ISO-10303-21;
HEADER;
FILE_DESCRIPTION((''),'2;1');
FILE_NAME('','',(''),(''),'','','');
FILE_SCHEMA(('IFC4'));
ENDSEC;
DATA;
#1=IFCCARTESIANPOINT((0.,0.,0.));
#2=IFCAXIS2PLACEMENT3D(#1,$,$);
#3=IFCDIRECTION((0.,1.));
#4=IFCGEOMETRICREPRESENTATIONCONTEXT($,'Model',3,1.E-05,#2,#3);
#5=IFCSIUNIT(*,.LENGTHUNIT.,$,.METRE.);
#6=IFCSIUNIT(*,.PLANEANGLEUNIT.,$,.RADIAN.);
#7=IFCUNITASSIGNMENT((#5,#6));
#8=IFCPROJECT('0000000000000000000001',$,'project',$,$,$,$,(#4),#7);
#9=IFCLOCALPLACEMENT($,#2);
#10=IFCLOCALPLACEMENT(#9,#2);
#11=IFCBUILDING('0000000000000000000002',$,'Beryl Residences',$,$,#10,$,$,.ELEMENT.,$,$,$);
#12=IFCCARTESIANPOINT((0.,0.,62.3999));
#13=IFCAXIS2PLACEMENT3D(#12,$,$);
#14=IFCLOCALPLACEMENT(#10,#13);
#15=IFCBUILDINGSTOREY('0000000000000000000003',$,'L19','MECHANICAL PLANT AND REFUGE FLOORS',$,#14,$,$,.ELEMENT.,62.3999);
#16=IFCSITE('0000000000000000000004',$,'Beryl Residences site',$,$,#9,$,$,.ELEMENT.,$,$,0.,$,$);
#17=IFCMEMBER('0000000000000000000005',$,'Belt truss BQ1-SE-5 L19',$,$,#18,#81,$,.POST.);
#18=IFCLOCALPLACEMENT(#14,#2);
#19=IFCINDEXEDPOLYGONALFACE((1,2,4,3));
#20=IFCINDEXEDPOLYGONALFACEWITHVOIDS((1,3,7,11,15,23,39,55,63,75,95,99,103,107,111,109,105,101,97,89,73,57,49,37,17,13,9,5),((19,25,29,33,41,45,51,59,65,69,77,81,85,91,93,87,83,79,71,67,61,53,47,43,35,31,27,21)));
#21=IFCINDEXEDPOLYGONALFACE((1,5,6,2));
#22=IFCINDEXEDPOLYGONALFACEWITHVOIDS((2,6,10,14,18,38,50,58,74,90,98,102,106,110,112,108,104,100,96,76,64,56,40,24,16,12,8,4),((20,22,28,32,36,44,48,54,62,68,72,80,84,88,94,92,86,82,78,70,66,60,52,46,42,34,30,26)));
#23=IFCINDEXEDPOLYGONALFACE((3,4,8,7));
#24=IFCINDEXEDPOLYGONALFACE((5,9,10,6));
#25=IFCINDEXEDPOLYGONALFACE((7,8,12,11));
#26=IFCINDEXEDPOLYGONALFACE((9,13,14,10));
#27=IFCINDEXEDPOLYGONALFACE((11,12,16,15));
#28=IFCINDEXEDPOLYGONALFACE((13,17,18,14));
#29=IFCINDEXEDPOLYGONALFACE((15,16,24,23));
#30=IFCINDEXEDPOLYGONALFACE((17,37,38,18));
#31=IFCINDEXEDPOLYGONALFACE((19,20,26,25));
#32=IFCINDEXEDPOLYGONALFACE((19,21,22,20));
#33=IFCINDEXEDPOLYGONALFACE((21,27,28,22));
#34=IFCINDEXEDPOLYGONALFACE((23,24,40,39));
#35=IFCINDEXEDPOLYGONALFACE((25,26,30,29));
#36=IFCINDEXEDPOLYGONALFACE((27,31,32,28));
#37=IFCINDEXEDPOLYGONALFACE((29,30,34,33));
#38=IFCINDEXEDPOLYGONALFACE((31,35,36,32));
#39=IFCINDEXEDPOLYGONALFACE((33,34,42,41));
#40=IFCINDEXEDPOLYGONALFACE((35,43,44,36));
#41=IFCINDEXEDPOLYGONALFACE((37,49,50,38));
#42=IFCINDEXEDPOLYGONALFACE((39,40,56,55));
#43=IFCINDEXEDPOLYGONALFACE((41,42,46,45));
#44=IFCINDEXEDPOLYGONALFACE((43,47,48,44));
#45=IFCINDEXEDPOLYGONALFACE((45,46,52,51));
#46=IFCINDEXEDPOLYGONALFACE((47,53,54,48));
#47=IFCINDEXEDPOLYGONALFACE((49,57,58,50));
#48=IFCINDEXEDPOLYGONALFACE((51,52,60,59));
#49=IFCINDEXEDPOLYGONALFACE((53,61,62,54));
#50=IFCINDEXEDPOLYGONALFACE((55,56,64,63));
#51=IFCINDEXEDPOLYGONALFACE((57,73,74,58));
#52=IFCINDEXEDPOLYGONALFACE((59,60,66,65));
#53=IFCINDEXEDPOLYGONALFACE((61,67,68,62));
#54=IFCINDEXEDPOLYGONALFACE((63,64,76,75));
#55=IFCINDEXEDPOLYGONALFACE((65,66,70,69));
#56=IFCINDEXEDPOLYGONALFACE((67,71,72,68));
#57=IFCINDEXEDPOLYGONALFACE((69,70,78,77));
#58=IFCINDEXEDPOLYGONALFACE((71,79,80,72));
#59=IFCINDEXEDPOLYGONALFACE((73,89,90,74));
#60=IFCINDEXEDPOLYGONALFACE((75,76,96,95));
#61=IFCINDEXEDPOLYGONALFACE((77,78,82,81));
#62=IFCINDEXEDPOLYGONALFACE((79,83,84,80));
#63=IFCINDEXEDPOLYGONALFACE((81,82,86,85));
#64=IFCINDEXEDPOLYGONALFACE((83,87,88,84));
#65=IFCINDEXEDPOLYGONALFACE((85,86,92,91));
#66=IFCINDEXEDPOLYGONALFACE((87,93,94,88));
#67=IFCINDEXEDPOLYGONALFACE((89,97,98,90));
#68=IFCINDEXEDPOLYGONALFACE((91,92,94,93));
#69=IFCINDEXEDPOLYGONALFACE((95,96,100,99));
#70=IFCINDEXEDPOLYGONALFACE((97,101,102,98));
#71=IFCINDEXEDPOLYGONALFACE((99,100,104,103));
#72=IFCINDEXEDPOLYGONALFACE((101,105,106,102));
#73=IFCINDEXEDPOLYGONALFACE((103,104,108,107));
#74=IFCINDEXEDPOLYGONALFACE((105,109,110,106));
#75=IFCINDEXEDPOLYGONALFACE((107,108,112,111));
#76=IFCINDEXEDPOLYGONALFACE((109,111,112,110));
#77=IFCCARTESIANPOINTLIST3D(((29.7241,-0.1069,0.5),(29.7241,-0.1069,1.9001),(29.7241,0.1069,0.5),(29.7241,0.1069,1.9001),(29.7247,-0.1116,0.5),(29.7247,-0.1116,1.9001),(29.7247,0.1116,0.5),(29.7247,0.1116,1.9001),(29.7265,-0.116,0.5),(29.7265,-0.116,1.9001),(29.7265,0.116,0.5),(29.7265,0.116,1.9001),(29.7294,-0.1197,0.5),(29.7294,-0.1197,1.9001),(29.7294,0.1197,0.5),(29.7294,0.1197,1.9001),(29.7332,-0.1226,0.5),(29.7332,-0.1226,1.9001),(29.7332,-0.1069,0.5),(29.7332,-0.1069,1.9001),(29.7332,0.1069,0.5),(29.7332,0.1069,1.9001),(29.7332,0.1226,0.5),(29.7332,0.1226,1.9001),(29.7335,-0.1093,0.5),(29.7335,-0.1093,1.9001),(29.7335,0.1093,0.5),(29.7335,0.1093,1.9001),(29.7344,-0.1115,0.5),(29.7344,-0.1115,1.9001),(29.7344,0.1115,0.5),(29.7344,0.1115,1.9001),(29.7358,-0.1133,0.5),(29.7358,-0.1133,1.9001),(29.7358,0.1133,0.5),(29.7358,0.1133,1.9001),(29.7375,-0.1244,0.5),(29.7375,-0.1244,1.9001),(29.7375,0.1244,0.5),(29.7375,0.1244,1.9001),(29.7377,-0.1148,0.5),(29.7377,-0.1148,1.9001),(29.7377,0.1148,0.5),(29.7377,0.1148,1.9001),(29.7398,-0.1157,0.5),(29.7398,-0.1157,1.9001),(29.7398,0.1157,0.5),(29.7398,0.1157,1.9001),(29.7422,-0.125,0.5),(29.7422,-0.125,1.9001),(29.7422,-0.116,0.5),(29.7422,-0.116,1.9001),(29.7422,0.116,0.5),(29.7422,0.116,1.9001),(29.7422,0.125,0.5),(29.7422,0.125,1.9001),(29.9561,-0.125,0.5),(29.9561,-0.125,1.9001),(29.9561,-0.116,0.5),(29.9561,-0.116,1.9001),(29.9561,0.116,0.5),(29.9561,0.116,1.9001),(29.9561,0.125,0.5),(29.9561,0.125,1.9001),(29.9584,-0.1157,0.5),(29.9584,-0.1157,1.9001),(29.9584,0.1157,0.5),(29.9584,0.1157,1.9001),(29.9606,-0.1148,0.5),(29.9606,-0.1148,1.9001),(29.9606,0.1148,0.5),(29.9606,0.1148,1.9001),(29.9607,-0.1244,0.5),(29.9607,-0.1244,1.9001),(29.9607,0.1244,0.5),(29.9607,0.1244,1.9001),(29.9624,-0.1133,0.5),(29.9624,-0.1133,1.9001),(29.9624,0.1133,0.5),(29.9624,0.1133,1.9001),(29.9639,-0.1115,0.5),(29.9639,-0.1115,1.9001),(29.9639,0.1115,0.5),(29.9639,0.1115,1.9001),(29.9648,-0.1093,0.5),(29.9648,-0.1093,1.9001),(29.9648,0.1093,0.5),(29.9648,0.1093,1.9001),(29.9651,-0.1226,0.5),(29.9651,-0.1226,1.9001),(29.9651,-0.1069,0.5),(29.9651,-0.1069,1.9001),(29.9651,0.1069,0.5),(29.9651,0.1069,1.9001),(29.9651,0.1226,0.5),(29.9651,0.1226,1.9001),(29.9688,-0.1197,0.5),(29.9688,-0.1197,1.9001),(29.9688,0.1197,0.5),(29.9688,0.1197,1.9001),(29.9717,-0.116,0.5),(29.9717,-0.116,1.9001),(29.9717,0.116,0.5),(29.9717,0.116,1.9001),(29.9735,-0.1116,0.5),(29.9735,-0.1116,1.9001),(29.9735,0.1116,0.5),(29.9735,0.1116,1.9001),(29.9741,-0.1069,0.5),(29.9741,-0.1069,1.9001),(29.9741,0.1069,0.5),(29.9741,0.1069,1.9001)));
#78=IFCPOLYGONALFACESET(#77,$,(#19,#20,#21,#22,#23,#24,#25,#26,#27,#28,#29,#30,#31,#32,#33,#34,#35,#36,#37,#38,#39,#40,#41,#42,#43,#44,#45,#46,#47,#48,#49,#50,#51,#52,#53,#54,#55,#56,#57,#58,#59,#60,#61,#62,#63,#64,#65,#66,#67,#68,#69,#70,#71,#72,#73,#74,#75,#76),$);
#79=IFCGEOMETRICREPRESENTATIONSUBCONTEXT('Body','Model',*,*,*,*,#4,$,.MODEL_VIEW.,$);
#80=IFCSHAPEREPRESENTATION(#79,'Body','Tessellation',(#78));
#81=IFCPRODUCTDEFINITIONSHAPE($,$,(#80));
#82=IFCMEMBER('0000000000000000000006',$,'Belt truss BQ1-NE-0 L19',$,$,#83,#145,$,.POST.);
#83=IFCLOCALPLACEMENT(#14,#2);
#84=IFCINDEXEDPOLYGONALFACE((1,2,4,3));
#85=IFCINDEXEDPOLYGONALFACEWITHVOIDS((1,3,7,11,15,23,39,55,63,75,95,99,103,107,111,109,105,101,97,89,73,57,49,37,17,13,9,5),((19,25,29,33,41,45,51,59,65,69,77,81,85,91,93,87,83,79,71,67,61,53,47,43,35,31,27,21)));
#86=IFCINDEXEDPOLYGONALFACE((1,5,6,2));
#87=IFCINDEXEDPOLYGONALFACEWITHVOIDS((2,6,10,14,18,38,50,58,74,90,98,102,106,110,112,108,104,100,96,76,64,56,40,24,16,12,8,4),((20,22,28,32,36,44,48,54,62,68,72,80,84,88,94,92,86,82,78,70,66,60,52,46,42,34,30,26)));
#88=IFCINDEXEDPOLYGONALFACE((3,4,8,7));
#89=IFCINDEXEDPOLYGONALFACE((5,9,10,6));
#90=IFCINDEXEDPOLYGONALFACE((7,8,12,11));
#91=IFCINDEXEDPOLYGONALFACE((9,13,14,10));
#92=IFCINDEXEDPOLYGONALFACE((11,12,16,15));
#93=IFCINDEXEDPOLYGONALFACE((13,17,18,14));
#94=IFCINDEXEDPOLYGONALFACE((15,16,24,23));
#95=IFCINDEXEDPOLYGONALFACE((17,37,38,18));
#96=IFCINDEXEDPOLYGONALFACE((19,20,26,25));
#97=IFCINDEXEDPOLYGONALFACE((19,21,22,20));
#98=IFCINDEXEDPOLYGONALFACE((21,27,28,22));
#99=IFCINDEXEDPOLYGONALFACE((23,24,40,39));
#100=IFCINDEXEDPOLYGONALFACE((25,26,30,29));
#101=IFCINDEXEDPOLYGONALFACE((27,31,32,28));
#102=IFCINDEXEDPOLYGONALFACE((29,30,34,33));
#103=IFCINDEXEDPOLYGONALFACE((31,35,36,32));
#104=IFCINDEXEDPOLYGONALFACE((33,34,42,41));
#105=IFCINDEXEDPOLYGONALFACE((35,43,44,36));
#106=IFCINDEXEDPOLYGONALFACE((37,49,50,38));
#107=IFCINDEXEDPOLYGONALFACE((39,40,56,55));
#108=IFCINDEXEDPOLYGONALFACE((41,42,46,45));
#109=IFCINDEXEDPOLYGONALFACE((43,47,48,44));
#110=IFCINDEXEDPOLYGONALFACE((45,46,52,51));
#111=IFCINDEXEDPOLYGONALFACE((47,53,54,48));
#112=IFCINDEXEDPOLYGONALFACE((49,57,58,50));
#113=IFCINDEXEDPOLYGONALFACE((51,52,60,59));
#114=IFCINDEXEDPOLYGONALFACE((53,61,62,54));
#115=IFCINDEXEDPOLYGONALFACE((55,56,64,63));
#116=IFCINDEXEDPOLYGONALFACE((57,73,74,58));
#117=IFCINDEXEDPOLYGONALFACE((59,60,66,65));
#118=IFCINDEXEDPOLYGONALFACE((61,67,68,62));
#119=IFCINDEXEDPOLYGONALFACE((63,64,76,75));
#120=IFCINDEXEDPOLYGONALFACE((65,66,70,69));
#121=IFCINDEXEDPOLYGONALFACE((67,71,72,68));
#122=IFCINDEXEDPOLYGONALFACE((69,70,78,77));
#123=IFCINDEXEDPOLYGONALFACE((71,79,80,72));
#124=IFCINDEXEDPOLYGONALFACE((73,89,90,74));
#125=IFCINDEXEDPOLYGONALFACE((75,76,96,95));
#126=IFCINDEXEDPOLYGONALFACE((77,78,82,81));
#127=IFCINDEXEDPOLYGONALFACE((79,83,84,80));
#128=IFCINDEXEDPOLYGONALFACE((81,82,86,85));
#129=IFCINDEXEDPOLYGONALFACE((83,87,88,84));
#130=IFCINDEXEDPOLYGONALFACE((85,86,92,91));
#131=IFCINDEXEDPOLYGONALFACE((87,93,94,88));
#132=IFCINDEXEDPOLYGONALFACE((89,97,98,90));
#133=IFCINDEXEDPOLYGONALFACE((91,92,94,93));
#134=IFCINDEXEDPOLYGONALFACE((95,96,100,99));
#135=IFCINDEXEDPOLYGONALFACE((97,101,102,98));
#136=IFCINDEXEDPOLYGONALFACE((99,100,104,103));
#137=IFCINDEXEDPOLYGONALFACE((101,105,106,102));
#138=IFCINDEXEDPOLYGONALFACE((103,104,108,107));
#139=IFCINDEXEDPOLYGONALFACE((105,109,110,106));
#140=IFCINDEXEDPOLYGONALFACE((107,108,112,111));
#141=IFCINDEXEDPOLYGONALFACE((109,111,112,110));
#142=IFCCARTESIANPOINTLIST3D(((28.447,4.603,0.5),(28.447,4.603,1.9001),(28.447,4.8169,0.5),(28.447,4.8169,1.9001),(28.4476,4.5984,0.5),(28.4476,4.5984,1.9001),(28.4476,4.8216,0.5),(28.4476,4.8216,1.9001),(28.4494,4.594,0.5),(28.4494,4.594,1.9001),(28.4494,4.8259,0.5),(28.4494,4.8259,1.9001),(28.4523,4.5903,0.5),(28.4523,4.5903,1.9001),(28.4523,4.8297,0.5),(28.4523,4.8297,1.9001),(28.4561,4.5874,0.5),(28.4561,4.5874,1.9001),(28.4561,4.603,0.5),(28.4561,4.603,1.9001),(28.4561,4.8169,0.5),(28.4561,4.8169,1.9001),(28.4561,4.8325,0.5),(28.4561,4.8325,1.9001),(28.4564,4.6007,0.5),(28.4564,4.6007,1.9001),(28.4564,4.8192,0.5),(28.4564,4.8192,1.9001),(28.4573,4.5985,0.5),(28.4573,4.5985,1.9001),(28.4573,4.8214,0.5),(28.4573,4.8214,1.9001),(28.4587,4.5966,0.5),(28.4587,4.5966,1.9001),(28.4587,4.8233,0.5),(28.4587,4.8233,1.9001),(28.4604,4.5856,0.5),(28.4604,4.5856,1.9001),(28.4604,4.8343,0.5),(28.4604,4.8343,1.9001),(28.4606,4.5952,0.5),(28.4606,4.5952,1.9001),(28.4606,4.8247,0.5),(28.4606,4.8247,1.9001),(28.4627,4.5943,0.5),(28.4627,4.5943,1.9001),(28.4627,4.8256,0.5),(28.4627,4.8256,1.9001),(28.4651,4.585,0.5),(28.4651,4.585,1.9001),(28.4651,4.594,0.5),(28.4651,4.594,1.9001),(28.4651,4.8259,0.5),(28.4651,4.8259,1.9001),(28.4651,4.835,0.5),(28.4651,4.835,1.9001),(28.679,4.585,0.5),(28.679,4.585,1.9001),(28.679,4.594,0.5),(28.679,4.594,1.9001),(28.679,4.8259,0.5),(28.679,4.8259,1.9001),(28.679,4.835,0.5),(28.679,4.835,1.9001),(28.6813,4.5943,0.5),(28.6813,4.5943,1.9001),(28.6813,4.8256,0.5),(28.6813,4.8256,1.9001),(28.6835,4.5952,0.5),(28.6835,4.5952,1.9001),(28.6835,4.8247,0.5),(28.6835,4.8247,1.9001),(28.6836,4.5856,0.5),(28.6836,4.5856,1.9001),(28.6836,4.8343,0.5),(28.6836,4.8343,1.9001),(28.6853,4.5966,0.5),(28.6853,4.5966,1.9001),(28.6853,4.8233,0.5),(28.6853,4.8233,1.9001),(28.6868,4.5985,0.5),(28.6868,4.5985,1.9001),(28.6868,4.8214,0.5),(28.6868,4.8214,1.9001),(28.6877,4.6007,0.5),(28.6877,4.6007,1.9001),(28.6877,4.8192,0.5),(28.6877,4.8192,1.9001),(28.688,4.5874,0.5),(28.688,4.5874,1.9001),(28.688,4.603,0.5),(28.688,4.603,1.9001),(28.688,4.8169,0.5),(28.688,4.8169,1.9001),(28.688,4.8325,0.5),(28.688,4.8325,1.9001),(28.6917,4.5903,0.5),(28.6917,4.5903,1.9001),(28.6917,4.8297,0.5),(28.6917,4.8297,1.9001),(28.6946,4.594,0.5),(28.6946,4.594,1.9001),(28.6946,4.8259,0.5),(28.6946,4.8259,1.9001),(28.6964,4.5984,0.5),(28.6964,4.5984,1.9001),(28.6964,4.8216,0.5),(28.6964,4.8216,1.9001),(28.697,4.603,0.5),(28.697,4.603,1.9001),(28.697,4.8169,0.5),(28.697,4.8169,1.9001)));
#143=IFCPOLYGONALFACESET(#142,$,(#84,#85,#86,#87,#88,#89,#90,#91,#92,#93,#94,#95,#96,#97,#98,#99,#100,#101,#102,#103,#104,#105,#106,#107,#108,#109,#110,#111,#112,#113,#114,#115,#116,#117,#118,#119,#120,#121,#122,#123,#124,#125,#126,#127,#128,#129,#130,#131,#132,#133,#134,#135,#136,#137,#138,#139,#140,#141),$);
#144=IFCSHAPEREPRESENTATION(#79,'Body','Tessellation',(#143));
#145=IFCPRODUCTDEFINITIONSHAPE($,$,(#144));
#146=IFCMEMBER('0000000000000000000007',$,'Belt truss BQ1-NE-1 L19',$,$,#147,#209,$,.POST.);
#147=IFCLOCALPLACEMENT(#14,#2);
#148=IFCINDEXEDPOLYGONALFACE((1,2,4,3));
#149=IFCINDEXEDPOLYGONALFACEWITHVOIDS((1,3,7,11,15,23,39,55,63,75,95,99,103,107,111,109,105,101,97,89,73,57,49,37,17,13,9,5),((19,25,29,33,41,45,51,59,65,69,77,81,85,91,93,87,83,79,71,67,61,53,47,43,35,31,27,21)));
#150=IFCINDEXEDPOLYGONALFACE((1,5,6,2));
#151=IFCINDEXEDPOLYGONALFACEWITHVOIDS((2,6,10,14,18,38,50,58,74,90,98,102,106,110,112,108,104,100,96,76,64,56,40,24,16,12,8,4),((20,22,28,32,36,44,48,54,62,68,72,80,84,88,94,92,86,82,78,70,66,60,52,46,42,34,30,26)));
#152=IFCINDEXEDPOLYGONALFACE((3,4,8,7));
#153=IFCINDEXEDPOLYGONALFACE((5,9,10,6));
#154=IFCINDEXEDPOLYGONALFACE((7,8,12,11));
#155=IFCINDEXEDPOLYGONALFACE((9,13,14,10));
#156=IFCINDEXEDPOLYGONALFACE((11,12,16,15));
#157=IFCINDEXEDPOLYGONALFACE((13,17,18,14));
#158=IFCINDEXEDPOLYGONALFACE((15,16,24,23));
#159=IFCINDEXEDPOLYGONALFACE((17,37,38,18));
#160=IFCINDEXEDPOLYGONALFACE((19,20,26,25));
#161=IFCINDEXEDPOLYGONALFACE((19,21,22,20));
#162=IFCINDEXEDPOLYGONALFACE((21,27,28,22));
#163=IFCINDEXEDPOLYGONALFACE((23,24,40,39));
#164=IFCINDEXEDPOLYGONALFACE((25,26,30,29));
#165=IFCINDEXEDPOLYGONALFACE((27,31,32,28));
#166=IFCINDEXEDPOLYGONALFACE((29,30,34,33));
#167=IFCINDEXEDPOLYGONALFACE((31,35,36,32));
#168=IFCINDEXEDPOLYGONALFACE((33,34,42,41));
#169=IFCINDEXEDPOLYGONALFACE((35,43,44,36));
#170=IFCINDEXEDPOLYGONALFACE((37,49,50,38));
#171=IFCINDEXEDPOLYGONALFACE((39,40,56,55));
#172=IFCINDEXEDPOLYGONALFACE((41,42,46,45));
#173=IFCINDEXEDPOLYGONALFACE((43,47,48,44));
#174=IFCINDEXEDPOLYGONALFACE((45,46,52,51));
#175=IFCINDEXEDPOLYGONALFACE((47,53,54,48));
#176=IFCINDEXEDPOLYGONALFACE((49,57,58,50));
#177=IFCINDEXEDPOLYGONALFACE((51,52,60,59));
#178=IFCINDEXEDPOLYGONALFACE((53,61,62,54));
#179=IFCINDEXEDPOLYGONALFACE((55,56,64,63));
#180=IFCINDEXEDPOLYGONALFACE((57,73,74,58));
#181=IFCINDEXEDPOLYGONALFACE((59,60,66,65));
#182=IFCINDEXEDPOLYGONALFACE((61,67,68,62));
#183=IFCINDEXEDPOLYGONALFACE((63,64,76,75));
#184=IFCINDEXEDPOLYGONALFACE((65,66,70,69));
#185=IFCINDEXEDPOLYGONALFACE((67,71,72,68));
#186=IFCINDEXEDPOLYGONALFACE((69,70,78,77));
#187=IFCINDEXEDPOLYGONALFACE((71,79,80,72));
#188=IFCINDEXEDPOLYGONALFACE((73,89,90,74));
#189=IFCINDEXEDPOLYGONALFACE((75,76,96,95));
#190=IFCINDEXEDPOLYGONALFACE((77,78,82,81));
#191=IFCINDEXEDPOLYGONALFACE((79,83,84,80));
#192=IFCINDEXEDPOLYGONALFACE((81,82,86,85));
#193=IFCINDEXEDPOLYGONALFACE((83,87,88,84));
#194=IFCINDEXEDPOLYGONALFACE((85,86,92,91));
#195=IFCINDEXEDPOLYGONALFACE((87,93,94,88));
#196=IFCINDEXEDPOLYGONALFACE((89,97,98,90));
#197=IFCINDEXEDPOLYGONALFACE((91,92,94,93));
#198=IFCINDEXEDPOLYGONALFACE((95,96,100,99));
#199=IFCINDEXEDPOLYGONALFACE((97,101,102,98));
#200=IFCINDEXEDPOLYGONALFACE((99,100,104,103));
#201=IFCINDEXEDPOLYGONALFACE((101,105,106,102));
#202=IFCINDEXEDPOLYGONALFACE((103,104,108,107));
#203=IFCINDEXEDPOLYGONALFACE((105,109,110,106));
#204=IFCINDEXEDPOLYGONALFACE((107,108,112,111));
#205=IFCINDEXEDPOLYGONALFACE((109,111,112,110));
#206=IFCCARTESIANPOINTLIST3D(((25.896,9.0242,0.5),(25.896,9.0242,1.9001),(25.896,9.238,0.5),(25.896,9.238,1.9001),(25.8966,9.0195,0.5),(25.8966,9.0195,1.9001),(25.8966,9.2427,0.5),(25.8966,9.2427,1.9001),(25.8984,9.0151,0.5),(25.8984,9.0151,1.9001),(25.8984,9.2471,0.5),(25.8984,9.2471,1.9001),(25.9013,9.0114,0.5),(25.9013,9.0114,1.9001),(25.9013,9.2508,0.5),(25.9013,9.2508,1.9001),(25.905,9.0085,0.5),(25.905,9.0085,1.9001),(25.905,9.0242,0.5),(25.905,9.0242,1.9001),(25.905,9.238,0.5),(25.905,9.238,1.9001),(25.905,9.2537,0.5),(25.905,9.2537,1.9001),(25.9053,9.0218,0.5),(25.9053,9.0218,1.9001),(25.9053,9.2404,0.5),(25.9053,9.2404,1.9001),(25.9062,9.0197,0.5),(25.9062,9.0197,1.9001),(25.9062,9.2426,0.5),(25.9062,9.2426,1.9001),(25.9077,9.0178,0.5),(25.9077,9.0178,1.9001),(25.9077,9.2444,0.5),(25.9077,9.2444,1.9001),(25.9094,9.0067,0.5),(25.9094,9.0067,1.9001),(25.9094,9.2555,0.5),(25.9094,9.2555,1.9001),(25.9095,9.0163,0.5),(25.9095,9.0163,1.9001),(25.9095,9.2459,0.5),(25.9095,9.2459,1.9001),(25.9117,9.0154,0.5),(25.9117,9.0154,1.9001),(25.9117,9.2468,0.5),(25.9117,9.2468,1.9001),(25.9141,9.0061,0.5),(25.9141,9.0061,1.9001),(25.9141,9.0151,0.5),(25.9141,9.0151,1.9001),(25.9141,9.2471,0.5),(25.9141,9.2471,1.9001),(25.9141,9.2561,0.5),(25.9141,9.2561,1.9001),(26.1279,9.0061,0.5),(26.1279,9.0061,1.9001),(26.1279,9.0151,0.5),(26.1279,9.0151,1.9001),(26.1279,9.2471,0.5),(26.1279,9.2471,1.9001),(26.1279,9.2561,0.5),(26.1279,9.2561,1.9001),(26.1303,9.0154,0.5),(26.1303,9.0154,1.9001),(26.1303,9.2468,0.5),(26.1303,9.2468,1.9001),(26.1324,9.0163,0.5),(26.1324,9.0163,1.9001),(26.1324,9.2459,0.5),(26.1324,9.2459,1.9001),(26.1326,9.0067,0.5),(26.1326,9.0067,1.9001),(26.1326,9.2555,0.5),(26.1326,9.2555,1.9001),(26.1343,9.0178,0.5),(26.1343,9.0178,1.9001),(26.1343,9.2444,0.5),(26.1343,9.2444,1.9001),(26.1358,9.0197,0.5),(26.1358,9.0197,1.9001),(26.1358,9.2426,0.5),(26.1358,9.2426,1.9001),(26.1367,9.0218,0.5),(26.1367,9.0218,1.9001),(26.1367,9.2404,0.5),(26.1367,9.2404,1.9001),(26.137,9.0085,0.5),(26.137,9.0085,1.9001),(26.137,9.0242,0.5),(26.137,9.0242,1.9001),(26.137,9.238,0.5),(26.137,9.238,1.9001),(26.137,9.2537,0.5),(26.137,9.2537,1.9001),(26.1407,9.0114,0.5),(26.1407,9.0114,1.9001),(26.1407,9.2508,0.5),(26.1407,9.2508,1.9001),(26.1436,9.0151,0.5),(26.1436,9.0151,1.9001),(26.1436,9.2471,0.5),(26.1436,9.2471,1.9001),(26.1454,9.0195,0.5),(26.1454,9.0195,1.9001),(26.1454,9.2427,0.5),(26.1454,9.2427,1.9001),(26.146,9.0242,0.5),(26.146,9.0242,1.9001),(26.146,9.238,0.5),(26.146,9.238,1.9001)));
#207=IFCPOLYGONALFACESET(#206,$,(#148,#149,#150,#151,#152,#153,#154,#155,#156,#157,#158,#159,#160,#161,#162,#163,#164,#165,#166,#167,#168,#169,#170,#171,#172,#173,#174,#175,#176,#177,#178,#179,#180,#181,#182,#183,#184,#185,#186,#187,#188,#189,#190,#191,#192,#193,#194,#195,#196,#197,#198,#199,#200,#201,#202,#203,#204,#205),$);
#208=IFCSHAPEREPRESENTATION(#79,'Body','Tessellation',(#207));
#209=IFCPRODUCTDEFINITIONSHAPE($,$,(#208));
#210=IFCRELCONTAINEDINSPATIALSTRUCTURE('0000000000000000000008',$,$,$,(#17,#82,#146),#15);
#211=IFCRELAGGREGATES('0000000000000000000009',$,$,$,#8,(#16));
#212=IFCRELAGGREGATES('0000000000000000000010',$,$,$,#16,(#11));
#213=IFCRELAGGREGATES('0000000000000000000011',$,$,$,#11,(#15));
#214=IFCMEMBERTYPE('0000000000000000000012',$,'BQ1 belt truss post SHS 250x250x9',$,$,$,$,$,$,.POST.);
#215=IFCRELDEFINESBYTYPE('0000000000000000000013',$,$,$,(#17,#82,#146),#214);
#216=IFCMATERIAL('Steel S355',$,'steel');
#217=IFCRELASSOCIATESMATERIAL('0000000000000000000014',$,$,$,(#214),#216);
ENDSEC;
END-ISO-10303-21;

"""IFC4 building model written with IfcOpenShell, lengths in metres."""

from ifc_helpers import new_model, si_unit, direction, frame, origin, origin_2d, place, context, subcontext, project, spatial, hollow_rectangle, extrude, material, material_profile, profile_set, type_object, element, save


model = new_model("IFC4")

# Units and contexts
model_context = context("Model", 3, precision=1e-05, world=origin(), true_north=direction((0.0, 1.0)))
body_context = subcontext(model_context, "Body", "Model", "MODEL_VIEW")
ifc_project = project(units=[si_unit("LENGTHUNIT", "METRE"), si_unit("PLANEANGLEUNIT", "RADIAN")], contexts=[model_context])

# Site, building, storey
site_placement = place(None, origin())
site = spatial("IfcSite", under=ifc_project, at=site_placement, Name="Beryl Residences site", CompositionType="ELEMENT", RefElevation=0.0)
building_placement = place(site_placement, origin())
building = spatial("IfcBuilding", under=site, at=building_placement, Name="Beryl Residences", CompositionType="ELEMENT")
storey_placement = place(building_placement, frame((0.0, 0.0, 62.3999)))
storey = spatial("IfcBuildingStorey", under=building, at=storey_placement, Name="L19", Description="MECHANICAL PLANT AND REFUGE FLOORS", CompositionType="ELEMENT", Elevation=62.3999)

# Members
ifc_material_1 = material(Name="Steel S355", Category="steel")
ifc_material_profile_1 = material_profile(ifc_material_1, hollow_rectangle(XDim=0.25, YDim=0.25, WallThickness=0.009, InnerFilletRadius=0.009, OuterFilletRadius=0.0181, at=origin_2d()))
ifc_profile_set_1 = profile_set([ifc_material_profile_1], Name="Steel S355")
member_type_1 = type_object("IfcMemberType", Name="BQ1 belt truss post SHS 250x250x9", PredefinedType="POST", material=ifc_profile_set_1)
for number, where, z_axis, x_axis, name in (
    (1, (29.8491, 0.0, 0.5), (0.0, 0.0, 1.0), (1.0, 0.0, 0.0), "Belt truss BQ1-SE-5 L19"),
    (2, (28.572, 4.71, 0.5), (0.0, 0.0, 1.0), (1.0, 0.0, 0.0), "Belt truss BQ1-NE-0 L19"),
    (3, (26.021, 9.1311, 0.5), (0.0, 0.0, 1.0), (1.0, 0.0, 0.0), "Belt truss BQ1-NE-1 L19"),
):
    element("IfcMember", number, at=place(storey_placement, frame(where, z_axis=z_axis, x_axis=x_axis)), inside=storey, type_object=member_type_1, Name=name, PredefinedType="POST", context=body_context, shape_type="SweptSolid", body=[
        extrude(hollow_rectangle(XDim=0.25, YDim=0.25, WallThickness=0.009, InnerFilletRadius=0.009, OuterFilletRadius=0.0181, at=origin_2d()), origin(), (0.0, 0.0, 1.0), 1.4001),
    ])

save(model, "model.ifc")
